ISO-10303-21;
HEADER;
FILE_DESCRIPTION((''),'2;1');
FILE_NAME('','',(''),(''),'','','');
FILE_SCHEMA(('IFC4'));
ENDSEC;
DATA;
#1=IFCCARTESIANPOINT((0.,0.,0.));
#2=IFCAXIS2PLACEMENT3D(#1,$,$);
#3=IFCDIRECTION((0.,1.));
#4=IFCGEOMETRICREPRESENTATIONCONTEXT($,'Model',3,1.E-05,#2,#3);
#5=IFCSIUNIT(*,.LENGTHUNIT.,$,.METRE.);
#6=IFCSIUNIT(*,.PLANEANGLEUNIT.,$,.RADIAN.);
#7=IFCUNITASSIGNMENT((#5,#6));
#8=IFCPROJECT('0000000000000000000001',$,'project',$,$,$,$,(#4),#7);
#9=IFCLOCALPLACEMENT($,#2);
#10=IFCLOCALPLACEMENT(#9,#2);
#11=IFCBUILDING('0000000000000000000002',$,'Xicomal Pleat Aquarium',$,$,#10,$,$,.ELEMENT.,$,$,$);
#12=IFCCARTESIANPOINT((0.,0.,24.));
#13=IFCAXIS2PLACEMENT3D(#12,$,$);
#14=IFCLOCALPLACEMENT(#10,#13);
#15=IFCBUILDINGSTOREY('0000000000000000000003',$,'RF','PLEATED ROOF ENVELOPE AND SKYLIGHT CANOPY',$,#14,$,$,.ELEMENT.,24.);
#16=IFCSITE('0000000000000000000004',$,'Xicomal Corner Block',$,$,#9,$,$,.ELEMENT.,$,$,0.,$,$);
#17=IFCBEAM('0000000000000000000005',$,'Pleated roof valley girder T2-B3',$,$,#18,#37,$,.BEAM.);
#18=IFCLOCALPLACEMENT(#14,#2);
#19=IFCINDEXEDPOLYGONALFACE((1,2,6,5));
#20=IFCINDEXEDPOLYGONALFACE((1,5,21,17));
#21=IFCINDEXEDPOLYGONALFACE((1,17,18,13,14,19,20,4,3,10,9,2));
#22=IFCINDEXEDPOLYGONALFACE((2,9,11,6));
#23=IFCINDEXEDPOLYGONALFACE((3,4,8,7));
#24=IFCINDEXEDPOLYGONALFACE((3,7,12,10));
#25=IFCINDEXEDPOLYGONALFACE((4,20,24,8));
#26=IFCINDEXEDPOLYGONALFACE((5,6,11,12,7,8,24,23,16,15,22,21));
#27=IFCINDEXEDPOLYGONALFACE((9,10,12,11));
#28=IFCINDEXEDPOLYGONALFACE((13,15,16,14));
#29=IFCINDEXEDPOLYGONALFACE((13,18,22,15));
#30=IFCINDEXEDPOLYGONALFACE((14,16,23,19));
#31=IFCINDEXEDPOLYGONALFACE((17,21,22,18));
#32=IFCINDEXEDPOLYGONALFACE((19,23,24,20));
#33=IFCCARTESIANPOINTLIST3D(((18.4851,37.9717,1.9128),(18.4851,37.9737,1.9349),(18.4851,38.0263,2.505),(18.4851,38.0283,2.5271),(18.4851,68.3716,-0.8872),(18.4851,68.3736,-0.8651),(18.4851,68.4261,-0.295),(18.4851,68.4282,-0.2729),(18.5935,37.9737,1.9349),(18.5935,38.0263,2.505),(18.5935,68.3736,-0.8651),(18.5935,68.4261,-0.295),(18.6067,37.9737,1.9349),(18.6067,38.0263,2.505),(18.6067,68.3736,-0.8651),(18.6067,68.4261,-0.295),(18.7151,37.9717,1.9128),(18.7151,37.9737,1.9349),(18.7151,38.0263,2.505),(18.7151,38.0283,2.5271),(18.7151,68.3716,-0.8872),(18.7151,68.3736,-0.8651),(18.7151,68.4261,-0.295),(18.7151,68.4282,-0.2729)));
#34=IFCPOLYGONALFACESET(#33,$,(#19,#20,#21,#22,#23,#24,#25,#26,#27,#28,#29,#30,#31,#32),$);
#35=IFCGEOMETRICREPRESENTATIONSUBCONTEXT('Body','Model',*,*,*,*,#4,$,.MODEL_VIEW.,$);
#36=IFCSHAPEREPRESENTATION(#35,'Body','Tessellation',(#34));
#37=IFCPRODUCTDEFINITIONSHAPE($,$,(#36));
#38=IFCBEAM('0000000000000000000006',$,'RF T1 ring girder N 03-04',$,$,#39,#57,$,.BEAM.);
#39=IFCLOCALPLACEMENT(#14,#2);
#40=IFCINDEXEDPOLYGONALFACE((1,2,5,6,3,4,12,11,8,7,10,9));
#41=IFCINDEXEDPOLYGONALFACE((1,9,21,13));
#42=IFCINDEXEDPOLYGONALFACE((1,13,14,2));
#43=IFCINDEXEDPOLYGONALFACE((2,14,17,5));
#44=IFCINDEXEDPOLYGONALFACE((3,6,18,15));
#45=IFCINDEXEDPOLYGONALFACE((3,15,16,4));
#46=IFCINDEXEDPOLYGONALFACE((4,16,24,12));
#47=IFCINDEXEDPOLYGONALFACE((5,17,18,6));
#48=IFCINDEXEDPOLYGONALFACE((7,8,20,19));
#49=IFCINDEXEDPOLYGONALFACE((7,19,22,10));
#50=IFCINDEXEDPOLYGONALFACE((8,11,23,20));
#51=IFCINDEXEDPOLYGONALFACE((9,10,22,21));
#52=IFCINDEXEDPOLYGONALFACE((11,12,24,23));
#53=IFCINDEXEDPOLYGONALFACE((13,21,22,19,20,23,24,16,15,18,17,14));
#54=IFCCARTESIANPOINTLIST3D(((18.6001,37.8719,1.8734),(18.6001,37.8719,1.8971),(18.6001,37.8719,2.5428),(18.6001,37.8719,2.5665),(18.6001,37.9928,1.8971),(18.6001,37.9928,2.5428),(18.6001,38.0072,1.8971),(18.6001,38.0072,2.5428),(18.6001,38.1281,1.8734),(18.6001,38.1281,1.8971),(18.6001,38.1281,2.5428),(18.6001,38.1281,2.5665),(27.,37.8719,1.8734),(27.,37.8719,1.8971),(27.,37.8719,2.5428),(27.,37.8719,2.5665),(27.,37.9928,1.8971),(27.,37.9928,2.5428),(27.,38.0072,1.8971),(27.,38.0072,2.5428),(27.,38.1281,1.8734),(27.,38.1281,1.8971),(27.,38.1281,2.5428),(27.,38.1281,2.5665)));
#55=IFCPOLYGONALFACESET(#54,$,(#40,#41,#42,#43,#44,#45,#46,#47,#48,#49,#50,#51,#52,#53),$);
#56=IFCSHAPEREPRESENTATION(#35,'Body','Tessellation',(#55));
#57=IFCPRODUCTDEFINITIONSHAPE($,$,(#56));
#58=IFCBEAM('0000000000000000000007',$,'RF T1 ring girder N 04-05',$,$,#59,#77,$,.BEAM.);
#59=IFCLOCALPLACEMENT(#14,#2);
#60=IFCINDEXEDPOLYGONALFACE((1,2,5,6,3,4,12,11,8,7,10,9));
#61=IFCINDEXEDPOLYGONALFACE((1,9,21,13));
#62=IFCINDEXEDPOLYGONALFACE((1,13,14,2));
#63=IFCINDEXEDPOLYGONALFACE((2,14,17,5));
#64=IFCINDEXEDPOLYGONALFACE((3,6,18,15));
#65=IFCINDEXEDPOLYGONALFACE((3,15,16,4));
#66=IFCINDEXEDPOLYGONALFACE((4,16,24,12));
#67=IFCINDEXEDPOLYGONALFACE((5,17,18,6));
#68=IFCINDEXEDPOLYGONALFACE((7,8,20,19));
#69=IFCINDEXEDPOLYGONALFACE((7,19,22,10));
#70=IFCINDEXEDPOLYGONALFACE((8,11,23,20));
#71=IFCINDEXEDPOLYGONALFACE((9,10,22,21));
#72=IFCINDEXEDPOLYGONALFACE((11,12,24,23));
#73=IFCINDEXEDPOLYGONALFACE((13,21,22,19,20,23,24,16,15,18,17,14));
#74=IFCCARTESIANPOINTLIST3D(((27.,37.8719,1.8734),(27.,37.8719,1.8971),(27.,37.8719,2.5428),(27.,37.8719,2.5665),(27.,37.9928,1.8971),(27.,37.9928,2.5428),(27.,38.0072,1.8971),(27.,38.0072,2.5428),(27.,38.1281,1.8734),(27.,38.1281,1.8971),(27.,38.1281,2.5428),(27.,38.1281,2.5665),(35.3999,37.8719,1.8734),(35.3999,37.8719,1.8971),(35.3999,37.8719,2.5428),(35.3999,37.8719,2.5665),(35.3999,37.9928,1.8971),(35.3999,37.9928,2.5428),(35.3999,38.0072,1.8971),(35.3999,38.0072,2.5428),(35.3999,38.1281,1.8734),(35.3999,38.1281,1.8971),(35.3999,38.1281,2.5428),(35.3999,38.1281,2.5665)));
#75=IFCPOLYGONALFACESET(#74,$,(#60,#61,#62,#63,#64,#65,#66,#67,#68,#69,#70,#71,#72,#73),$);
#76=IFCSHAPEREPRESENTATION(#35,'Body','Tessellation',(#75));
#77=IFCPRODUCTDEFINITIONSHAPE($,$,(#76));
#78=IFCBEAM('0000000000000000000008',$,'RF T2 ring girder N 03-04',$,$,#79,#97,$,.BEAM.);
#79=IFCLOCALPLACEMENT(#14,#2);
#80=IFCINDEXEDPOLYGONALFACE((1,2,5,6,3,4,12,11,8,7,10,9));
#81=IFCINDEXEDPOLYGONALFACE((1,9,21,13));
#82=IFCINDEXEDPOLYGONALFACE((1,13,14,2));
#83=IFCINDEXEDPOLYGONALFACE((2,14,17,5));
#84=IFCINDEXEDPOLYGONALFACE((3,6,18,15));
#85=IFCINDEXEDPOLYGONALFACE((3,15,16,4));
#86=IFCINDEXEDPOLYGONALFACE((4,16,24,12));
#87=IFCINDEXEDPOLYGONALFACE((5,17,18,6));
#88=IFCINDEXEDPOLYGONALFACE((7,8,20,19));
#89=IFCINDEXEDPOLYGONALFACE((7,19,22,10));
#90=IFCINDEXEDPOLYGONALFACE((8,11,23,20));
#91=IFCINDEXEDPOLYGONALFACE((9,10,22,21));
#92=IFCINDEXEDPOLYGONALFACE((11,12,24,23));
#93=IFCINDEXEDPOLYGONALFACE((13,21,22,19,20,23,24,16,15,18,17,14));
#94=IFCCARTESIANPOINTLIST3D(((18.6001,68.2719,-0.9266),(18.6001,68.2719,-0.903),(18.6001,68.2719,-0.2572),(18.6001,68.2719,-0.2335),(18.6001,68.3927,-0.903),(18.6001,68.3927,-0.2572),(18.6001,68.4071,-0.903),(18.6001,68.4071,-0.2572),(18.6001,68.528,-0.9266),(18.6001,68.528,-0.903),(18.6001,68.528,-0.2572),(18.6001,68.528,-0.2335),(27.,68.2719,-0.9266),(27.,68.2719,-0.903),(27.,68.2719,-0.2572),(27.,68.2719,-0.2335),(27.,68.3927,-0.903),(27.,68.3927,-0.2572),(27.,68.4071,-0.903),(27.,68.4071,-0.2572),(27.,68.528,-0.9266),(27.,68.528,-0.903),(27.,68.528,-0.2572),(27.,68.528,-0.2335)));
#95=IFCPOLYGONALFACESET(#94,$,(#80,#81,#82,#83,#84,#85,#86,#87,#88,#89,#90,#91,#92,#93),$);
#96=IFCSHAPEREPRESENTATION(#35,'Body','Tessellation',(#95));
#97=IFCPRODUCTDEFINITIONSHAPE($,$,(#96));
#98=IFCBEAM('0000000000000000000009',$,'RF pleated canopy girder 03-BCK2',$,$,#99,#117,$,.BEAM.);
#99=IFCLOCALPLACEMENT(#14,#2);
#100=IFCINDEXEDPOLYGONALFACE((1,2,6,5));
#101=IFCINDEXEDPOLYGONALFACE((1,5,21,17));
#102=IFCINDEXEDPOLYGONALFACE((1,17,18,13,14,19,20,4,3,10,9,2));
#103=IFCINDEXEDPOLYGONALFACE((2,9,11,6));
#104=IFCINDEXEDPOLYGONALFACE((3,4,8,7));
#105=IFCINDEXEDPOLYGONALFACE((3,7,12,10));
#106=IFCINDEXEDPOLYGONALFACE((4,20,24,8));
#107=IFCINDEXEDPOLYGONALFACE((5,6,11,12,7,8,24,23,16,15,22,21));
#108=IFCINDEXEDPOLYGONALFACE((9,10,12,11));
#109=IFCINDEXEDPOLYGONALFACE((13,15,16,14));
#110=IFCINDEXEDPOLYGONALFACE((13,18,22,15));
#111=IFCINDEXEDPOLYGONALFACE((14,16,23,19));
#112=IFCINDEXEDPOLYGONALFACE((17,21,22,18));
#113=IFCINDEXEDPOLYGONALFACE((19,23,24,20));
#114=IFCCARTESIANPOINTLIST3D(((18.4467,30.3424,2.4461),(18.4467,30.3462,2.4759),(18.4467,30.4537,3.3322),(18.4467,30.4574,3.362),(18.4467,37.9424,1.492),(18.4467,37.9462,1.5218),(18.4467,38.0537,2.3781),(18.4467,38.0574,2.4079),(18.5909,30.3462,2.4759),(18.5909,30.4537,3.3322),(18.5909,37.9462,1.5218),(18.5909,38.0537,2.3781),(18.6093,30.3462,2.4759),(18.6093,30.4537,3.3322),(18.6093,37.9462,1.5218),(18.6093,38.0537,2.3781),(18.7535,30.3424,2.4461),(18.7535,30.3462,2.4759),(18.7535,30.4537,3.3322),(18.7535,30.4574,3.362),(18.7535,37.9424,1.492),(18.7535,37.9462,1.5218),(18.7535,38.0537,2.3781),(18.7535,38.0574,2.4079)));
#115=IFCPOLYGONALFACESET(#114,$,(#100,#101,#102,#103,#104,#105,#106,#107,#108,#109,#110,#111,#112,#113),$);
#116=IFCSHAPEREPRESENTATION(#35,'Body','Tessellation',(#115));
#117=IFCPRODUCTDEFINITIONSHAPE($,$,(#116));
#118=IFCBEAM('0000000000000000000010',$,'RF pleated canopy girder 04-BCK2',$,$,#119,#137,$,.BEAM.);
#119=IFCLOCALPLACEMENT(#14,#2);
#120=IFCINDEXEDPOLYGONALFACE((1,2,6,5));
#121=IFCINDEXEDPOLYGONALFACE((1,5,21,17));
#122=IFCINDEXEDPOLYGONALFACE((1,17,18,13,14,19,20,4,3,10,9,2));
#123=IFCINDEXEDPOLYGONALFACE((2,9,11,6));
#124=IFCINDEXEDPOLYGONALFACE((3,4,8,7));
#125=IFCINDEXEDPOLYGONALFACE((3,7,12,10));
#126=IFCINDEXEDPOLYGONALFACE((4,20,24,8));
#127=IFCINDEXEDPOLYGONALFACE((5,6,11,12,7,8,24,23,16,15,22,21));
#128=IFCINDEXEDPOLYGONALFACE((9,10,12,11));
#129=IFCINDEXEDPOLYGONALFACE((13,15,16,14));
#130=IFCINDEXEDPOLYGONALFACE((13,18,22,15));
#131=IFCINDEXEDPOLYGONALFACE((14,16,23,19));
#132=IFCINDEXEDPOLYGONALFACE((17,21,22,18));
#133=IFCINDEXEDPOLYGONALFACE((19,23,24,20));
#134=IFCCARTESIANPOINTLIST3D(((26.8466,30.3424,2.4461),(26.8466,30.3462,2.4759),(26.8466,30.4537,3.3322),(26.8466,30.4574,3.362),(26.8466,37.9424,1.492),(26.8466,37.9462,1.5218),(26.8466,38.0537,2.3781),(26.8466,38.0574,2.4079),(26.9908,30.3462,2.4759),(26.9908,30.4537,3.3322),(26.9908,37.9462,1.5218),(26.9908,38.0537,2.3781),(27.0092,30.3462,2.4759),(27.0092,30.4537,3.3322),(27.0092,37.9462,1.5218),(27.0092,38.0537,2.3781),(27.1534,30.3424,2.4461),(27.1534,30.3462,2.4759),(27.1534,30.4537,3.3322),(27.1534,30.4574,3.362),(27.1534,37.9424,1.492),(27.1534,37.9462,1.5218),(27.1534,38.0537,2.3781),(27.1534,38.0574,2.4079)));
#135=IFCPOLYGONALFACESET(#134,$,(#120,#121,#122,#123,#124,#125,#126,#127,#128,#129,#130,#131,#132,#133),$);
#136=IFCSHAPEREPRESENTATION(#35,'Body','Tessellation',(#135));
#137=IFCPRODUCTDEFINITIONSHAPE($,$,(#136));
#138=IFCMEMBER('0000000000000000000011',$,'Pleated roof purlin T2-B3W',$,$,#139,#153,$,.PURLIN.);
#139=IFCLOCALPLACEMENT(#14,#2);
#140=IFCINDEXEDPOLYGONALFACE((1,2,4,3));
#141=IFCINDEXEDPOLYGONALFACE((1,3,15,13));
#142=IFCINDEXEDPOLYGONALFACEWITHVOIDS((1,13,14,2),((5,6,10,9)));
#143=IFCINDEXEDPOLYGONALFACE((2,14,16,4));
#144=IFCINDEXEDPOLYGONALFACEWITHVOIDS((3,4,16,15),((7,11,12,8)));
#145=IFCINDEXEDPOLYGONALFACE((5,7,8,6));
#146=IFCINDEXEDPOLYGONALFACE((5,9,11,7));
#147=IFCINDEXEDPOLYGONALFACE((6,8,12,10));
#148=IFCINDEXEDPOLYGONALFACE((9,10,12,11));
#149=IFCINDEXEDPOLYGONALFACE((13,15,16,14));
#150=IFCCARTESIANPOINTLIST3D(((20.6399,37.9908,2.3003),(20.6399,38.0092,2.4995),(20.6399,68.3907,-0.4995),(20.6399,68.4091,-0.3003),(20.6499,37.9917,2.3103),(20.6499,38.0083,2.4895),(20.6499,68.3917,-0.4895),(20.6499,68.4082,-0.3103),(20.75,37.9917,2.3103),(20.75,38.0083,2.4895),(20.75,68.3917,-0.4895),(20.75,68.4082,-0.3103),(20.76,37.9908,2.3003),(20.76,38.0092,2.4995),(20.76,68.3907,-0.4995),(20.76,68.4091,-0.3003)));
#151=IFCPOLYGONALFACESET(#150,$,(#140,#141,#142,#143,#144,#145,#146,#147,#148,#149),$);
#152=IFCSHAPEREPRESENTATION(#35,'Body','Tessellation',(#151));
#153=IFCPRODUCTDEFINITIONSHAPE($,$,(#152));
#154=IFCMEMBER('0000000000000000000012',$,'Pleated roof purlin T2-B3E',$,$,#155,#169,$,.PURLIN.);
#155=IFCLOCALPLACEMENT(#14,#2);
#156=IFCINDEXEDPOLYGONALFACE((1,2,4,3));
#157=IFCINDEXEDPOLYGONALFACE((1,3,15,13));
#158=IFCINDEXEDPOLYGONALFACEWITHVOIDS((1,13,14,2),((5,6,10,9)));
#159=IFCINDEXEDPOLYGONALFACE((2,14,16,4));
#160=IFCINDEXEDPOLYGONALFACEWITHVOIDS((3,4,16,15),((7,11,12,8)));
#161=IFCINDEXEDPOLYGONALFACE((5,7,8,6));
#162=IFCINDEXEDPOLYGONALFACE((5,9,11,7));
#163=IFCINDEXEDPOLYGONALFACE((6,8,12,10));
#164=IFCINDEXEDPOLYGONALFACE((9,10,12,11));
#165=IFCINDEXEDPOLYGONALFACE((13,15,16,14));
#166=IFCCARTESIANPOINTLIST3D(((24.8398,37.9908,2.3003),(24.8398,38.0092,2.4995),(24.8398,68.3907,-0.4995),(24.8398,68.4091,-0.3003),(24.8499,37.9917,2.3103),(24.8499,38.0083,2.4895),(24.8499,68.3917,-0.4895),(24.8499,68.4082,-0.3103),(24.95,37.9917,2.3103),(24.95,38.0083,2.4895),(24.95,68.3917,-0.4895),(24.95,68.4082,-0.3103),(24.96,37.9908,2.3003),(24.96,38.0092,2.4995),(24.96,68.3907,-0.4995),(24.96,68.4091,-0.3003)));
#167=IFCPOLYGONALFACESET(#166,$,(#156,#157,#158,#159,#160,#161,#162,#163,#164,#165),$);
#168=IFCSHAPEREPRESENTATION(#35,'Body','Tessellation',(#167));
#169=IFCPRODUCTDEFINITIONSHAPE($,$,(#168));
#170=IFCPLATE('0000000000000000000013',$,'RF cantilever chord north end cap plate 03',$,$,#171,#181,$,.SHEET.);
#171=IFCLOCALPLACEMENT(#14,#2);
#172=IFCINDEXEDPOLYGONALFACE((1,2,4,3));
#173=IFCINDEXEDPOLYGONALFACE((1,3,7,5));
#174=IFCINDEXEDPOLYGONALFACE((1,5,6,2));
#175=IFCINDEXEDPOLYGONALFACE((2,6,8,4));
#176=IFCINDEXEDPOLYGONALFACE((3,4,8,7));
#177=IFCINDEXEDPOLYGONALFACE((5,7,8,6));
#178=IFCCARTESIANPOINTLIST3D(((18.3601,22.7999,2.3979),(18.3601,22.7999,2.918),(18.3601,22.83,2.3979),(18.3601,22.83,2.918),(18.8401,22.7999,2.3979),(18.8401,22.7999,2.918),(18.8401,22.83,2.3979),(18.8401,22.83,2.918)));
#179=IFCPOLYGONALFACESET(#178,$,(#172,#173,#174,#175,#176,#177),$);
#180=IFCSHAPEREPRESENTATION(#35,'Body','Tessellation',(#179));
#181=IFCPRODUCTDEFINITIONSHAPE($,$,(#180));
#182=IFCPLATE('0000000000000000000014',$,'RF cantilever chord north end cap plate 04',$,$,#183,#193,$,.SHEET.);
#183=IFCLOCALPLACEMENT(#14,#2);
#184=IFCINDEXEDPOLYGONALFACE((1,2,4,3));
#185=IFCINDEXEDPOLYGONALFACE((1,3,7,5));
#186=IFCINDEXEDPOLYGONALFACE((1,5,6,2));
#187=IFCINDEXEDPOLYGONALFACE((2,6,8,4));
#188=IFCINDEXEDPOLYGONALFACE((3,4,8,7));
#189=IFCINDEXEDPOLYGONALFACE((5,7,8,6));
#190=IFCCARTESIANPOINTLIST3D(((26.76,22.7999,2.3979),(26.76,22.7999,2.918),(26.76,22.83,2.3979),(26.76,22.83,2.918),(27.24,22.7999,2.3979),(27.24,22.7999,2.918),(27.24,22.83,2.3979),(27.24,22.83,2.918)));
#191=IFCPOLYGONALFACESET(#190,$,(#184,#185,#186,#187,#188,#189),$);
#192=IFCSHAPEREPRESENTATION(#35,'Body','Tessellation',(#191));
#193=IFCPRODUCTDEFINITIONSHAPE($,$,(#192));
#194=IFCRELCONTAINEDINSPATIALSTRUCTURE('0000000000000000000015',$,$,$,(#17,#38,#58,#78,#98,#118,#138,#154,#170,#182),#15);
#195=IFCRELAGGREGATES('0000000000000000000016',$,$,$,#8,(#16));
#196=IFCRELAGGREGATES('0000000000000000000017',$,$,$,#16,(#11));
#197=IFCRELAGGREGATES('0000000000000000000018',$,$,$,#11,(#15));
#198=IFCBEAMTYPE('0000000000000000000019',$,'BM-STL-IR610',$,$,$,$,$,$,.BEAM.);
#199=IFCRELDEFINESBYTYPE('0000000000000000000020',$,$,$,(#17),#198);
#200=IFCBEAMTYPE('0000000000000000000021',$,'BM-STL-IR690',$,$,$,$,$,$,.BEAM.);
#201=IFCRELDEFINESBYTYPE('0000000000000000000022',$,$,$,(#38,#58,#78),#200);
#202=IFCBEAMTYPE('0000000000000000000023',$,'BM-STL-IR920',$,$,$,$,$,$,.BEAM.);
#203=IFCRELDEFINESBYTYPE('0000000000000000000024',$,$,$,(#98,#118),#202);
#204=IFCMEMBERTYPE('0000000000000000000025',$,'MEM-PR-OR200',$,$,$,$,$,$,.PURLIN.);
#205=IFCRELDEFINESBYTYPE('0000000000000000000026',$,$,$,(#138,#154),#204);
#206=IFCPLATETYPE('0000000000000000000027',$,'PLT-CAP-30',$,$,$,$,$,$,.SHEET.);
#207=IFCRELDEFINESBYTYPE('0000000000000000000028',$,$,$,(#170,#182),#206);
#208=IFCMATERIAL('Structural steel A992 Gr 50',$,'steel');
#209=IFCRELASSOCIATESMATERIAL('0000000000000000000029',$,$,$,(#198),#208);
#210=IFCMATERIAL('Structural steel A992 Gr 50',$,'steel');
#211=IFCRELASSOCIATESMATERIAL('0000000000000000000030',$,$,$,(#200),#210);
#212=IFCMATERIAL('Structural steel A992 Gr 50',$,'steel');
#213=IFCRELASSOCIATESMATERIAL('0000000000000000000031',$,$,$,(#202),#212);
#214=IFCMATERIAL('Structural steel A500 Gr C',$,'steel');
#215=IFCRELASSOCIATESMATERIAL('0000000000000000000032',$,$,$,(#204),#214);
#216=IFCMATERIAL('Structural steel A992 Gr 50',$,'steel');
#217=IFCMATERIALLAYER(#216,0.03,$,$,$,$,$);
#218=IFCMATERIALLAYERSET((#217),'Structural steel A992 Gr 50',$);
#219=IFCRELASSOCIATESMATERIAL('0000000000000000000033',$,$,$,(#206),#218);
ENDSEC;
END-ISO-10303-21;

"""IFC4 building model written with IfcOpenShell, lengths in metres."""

from ifc_helpers import new_model, si_unit, direction, frame, origin, origin_2d, place, context, subcontext, project, spatial, rectangle, hollow_rectangle, i_section, extrude, material, layer, layer_set, material_profile, profile_set, type_object, element, save


model = new_model("IFC4")

# Units and contexts
model_context = context("Model", 3, precision=1e-05, world=origin(), true_north=direction((0.0, 1.0)))
body_context = subcontext(model_context, "Body", "Model", "MODEL_VIEW")
ifc_project = project(units=[si_unit("LENGTHUNIT", "METRE"), si_unit("PLANEANGLEUNIT", "RADIAN")], contexts=[model_context])

# Site, building, storey
site_placement = place(None, origin())
site = spatial("IfcSite", under=ifc_project, at=site_placement, Name="Xicomal Corner Block", CompositionType="ELEMENT", RefElevation=0.0)
building_placement = place(site_placement, origin())
building = spatial("IfcBuilding", under=site, at=building_placement, Name="Xicomal Pleat Aquarium", CompositionType="ELEMENT")
storey_placement = place(building_placement, frame((0.0, 0.0, 24.0)))
storey = spatial("IfcBuildingStorey", under=building, at=storey_placement, Name="RF", Description="PLEATED ROOF ENVELOPE AND SKYLIGHT CANOPY", CompositionType="ELEMENT", Elevation=24.0)

# Beams
ifc_material_1 = material(Name="Structural steel A992 Gr 50", Category="steel")
ifc_material_profile_1 = material_profile(ifc_material_1, i_section(OverallWidth=0.23, OverallDepth=0.6169, WebThickness=0.0132, FlangeThickness=0.0222, at=origin_2d()), Name="IR 610x140")
ifc_profile_set_1 = profile_set([ifc_material_profile_1], Name="Structural steel A992 Gr 50")
beam_type_1 = type_object("IfcBeamType", Name="BM-STL-IR610", PredefinedType="BEAM", material=ifc_profile_set_1)
beam_1_placement = place(storey_placement, frame((18.6001, 38.0, 2.22), z_axis=(0.0, 0.995785, -0.091719), x_axis=(-1.0, 0.0, 0.0)))
element("IfcBeam", 1, at=beam_1_placement, inside=storey, type_object=beam_type_1, Name="Pleated roof valley girder T2-B3", PredefinedType="BEAM", context=body_context, shape_type="SweptSolid", body=[
    extrude(i_section(OverallWidth=0.23, OverallDepth=0.6169, WebThickness=0.0132, FlangeThickness=0.0222, at=origin_2d()), origin(), (0.0, 0.0, 1.0), 30.5286),
])
ifc_material_2 = material(Name="Structural steel A992 Gr 50", Category="steel")
ifc_material_profile_2 = material_profile(ifc_material_2, i_section(OverallWidth=0.2561, OverallDepth=0.6931, WebThickness=0.0144, FlangeThickness=0.0237, at=origin_2d()), Name="IR 690x170")
ifc_profile_set_2 = profile_set([ifc_material_profile_2], Name="Structural steel A992 Gr 50")
beam_type_2 = type_object("IfcBeamType", Name="BM-STL-IR690", PredefinedType="BEAM", material=ifc_profile_set_2)
for number, where, z_axis, x_axis, name in (
    (2, (18.6001, 38.0, 2.22), (1.0, 0.0, 0.0), (0.0, 1.0, 0.0), "RF T1 ring girder N 03-04"),
    (3, (27.0, 38.0, 2.22), (1.0, 0.0, 0.0), (0.0, 1.0, 0.0), "RF T1 ring girder N 04-05"),
    (4, (18.6001, 68.3999, -0.5801), (1.0, 0.0, 0.0), (0.0, 1.0, 0.0), "RF T2 ring girder N 03-04"),
):
    element("IfcBeam", number, at=place(storey_placement, frame(where, z_axis=z_axis, x_axis=x_axis)), inside=storey, type_object=beam_type_2, Name=name, PredefinedType="BEAM", context=body_context, shape_type="SweptSolid", body=[
        extrude(i_section(OverallWidth=0.2561, OverallDepth=0.6931, WebThickness=0.0144, FlangeThickness=0.0237, at=origin_2d()), origin(), (0.0, 0.0, 1.0), 8.3999),
    ])
ifc_material_3 = material(Name="Structural steel A992 Gr 50", Category="steel")
ifc_material_profile_3 = material_profile(ifc_material_3, i_section(OverallWidth=0.3069, OverallDepth=0.9231, WebThickness=0.0183, FlangeThickness=0.03, at=origin_2d()), Name="IR 920x271")
ifc_profile_set_3 = profile_set([ifc_material_profile_3], Name="Structural steel A992 Gr 50")
beam_type_3 = type_object("IfcBeamType", Name="BM-STL-IR920", PredefinedType="BEAM", material=ifc_profile_set_3)
for number, where, z_axis, x_axis, name in (
    (5, (18.6001, 30.3999, 2.9041), (0.0, 0.992212, -0.12456), (-1.0, 0.0, 0.0), "RF pleated canopy girder 03-BCK2"),
    (6, (27.0, 30.3999, 2.9041), (0.0, 0.992212, -0.12456), (-1.0, 0.0, 0.0), "RF pleated canopy girder 04-BCK2"),
):
    element("IfcBeam", number, at=place(storey_placement, frame(where, z_axis=z_axis, x_axis=x_axis)), inside=storey, type_object=beam_type_3, Name=name, PredefinedType="BEAM", context=body_context, shape_type="SweptSolid", body=[
        extrude(i_section(OverallWidth=0.3069, OverallDepth=0.9231, WebThickness=0.0183, FlangeThickness=0.03, at=origin_2d()), origin(), (0.0, 0.0, 1.0), 7.6597),
    ])

# Members
ifc_material_4 = material(Name="Structural steel A500 Gr C", Category="steel")
ifc_material_profile_4 = material_profile(ifc_material_4, hollow_rectangle(XDim=0.1201, YDim=0.2, WallThickness=0.01, at=origin_2d()), Name="OR 200x120x10")
ifc_profile_set_4 = profile_set([ifc_material_profile_4], Name="Structural steel A500 Gr C")
member_type = type_object("IfcMemberType", Name="MEM-PR-OR200", PredefinedType="PURLIN", material=ifc_profile_set_4)
for number, where, z_axis, x_axis, name in (
    (7, (20.7, 38.0, 2.3999), (0.0, 0.995786, -0.091711), (-1.0, 0.0, 0.0), "Pleated roof purlin T2-B3W"),
    (8, (24.8999, 38.0, 2.3999), (0.0, 0.995786, -0.091711), (-1.0, 0.0, 0.0), "Pleated roof purlin T2-B3E"),
):
    element("IfcMember", number, at=place(storey_placement, frame(where, z_axis=z_axis, x_axis=x_axis)), inside=storey, type_object=member_type, Name=name, PredefinedType="PURLIN", context=body_context, shape_type="SweptSolid", body=[
        extrude(hollow_rectangle(XDim=0.1201, YDim=0.2, WallThickness=0.01, at=origin_2d()), origin(), (0.0, 0.0, 1.0), 30.5286),
    ])

# Plates
ifc_material_5 = material(Name="Structural steel A992 Gr 50", Category="steel")
ifc_layer_1 = layer(ifc_material_5, 0.03)
ifc_layer_set_1 = layer_set([ifc_layer_1], Name="Structural steel A992 Gr 50")
plate_type = type_object("IfcPlateType", Name="PLT-CAP-30", PredefinedType="SHEET", material=ifc_layer_set_1)
for number, where, z_axis, x_axis, name in (
    (9, (18.6001, 22.8149, 2.3979), (0.0, 0.0, 1.0), (1.0, 0.0, 0.0), "RF cantilever chord north end cap plate 03"),
    (10, (27.0, 22.8149, 2.3979), (0.0, 0.0, 1.0), (1.0, 0.0, 0.0), "RF cantilever chord north end cap plate 04"),
):
    element("IfcPlate", number, at=place(storey_placement, frame(where, z_axis=z_axis, x_axis=x_axis)), inside=storey, type_object=plate_type, Name=name, PredefinedType="SHEET", context=body_context, shape_type="SweptSolid", body=[
        extrude(rectangle(XDim=0.48, YDim=0.03, at=origin_2d()), origin(), (0.0, 0.0, 1.0), 0.52),
    ])

save(model, "model.ifc")
